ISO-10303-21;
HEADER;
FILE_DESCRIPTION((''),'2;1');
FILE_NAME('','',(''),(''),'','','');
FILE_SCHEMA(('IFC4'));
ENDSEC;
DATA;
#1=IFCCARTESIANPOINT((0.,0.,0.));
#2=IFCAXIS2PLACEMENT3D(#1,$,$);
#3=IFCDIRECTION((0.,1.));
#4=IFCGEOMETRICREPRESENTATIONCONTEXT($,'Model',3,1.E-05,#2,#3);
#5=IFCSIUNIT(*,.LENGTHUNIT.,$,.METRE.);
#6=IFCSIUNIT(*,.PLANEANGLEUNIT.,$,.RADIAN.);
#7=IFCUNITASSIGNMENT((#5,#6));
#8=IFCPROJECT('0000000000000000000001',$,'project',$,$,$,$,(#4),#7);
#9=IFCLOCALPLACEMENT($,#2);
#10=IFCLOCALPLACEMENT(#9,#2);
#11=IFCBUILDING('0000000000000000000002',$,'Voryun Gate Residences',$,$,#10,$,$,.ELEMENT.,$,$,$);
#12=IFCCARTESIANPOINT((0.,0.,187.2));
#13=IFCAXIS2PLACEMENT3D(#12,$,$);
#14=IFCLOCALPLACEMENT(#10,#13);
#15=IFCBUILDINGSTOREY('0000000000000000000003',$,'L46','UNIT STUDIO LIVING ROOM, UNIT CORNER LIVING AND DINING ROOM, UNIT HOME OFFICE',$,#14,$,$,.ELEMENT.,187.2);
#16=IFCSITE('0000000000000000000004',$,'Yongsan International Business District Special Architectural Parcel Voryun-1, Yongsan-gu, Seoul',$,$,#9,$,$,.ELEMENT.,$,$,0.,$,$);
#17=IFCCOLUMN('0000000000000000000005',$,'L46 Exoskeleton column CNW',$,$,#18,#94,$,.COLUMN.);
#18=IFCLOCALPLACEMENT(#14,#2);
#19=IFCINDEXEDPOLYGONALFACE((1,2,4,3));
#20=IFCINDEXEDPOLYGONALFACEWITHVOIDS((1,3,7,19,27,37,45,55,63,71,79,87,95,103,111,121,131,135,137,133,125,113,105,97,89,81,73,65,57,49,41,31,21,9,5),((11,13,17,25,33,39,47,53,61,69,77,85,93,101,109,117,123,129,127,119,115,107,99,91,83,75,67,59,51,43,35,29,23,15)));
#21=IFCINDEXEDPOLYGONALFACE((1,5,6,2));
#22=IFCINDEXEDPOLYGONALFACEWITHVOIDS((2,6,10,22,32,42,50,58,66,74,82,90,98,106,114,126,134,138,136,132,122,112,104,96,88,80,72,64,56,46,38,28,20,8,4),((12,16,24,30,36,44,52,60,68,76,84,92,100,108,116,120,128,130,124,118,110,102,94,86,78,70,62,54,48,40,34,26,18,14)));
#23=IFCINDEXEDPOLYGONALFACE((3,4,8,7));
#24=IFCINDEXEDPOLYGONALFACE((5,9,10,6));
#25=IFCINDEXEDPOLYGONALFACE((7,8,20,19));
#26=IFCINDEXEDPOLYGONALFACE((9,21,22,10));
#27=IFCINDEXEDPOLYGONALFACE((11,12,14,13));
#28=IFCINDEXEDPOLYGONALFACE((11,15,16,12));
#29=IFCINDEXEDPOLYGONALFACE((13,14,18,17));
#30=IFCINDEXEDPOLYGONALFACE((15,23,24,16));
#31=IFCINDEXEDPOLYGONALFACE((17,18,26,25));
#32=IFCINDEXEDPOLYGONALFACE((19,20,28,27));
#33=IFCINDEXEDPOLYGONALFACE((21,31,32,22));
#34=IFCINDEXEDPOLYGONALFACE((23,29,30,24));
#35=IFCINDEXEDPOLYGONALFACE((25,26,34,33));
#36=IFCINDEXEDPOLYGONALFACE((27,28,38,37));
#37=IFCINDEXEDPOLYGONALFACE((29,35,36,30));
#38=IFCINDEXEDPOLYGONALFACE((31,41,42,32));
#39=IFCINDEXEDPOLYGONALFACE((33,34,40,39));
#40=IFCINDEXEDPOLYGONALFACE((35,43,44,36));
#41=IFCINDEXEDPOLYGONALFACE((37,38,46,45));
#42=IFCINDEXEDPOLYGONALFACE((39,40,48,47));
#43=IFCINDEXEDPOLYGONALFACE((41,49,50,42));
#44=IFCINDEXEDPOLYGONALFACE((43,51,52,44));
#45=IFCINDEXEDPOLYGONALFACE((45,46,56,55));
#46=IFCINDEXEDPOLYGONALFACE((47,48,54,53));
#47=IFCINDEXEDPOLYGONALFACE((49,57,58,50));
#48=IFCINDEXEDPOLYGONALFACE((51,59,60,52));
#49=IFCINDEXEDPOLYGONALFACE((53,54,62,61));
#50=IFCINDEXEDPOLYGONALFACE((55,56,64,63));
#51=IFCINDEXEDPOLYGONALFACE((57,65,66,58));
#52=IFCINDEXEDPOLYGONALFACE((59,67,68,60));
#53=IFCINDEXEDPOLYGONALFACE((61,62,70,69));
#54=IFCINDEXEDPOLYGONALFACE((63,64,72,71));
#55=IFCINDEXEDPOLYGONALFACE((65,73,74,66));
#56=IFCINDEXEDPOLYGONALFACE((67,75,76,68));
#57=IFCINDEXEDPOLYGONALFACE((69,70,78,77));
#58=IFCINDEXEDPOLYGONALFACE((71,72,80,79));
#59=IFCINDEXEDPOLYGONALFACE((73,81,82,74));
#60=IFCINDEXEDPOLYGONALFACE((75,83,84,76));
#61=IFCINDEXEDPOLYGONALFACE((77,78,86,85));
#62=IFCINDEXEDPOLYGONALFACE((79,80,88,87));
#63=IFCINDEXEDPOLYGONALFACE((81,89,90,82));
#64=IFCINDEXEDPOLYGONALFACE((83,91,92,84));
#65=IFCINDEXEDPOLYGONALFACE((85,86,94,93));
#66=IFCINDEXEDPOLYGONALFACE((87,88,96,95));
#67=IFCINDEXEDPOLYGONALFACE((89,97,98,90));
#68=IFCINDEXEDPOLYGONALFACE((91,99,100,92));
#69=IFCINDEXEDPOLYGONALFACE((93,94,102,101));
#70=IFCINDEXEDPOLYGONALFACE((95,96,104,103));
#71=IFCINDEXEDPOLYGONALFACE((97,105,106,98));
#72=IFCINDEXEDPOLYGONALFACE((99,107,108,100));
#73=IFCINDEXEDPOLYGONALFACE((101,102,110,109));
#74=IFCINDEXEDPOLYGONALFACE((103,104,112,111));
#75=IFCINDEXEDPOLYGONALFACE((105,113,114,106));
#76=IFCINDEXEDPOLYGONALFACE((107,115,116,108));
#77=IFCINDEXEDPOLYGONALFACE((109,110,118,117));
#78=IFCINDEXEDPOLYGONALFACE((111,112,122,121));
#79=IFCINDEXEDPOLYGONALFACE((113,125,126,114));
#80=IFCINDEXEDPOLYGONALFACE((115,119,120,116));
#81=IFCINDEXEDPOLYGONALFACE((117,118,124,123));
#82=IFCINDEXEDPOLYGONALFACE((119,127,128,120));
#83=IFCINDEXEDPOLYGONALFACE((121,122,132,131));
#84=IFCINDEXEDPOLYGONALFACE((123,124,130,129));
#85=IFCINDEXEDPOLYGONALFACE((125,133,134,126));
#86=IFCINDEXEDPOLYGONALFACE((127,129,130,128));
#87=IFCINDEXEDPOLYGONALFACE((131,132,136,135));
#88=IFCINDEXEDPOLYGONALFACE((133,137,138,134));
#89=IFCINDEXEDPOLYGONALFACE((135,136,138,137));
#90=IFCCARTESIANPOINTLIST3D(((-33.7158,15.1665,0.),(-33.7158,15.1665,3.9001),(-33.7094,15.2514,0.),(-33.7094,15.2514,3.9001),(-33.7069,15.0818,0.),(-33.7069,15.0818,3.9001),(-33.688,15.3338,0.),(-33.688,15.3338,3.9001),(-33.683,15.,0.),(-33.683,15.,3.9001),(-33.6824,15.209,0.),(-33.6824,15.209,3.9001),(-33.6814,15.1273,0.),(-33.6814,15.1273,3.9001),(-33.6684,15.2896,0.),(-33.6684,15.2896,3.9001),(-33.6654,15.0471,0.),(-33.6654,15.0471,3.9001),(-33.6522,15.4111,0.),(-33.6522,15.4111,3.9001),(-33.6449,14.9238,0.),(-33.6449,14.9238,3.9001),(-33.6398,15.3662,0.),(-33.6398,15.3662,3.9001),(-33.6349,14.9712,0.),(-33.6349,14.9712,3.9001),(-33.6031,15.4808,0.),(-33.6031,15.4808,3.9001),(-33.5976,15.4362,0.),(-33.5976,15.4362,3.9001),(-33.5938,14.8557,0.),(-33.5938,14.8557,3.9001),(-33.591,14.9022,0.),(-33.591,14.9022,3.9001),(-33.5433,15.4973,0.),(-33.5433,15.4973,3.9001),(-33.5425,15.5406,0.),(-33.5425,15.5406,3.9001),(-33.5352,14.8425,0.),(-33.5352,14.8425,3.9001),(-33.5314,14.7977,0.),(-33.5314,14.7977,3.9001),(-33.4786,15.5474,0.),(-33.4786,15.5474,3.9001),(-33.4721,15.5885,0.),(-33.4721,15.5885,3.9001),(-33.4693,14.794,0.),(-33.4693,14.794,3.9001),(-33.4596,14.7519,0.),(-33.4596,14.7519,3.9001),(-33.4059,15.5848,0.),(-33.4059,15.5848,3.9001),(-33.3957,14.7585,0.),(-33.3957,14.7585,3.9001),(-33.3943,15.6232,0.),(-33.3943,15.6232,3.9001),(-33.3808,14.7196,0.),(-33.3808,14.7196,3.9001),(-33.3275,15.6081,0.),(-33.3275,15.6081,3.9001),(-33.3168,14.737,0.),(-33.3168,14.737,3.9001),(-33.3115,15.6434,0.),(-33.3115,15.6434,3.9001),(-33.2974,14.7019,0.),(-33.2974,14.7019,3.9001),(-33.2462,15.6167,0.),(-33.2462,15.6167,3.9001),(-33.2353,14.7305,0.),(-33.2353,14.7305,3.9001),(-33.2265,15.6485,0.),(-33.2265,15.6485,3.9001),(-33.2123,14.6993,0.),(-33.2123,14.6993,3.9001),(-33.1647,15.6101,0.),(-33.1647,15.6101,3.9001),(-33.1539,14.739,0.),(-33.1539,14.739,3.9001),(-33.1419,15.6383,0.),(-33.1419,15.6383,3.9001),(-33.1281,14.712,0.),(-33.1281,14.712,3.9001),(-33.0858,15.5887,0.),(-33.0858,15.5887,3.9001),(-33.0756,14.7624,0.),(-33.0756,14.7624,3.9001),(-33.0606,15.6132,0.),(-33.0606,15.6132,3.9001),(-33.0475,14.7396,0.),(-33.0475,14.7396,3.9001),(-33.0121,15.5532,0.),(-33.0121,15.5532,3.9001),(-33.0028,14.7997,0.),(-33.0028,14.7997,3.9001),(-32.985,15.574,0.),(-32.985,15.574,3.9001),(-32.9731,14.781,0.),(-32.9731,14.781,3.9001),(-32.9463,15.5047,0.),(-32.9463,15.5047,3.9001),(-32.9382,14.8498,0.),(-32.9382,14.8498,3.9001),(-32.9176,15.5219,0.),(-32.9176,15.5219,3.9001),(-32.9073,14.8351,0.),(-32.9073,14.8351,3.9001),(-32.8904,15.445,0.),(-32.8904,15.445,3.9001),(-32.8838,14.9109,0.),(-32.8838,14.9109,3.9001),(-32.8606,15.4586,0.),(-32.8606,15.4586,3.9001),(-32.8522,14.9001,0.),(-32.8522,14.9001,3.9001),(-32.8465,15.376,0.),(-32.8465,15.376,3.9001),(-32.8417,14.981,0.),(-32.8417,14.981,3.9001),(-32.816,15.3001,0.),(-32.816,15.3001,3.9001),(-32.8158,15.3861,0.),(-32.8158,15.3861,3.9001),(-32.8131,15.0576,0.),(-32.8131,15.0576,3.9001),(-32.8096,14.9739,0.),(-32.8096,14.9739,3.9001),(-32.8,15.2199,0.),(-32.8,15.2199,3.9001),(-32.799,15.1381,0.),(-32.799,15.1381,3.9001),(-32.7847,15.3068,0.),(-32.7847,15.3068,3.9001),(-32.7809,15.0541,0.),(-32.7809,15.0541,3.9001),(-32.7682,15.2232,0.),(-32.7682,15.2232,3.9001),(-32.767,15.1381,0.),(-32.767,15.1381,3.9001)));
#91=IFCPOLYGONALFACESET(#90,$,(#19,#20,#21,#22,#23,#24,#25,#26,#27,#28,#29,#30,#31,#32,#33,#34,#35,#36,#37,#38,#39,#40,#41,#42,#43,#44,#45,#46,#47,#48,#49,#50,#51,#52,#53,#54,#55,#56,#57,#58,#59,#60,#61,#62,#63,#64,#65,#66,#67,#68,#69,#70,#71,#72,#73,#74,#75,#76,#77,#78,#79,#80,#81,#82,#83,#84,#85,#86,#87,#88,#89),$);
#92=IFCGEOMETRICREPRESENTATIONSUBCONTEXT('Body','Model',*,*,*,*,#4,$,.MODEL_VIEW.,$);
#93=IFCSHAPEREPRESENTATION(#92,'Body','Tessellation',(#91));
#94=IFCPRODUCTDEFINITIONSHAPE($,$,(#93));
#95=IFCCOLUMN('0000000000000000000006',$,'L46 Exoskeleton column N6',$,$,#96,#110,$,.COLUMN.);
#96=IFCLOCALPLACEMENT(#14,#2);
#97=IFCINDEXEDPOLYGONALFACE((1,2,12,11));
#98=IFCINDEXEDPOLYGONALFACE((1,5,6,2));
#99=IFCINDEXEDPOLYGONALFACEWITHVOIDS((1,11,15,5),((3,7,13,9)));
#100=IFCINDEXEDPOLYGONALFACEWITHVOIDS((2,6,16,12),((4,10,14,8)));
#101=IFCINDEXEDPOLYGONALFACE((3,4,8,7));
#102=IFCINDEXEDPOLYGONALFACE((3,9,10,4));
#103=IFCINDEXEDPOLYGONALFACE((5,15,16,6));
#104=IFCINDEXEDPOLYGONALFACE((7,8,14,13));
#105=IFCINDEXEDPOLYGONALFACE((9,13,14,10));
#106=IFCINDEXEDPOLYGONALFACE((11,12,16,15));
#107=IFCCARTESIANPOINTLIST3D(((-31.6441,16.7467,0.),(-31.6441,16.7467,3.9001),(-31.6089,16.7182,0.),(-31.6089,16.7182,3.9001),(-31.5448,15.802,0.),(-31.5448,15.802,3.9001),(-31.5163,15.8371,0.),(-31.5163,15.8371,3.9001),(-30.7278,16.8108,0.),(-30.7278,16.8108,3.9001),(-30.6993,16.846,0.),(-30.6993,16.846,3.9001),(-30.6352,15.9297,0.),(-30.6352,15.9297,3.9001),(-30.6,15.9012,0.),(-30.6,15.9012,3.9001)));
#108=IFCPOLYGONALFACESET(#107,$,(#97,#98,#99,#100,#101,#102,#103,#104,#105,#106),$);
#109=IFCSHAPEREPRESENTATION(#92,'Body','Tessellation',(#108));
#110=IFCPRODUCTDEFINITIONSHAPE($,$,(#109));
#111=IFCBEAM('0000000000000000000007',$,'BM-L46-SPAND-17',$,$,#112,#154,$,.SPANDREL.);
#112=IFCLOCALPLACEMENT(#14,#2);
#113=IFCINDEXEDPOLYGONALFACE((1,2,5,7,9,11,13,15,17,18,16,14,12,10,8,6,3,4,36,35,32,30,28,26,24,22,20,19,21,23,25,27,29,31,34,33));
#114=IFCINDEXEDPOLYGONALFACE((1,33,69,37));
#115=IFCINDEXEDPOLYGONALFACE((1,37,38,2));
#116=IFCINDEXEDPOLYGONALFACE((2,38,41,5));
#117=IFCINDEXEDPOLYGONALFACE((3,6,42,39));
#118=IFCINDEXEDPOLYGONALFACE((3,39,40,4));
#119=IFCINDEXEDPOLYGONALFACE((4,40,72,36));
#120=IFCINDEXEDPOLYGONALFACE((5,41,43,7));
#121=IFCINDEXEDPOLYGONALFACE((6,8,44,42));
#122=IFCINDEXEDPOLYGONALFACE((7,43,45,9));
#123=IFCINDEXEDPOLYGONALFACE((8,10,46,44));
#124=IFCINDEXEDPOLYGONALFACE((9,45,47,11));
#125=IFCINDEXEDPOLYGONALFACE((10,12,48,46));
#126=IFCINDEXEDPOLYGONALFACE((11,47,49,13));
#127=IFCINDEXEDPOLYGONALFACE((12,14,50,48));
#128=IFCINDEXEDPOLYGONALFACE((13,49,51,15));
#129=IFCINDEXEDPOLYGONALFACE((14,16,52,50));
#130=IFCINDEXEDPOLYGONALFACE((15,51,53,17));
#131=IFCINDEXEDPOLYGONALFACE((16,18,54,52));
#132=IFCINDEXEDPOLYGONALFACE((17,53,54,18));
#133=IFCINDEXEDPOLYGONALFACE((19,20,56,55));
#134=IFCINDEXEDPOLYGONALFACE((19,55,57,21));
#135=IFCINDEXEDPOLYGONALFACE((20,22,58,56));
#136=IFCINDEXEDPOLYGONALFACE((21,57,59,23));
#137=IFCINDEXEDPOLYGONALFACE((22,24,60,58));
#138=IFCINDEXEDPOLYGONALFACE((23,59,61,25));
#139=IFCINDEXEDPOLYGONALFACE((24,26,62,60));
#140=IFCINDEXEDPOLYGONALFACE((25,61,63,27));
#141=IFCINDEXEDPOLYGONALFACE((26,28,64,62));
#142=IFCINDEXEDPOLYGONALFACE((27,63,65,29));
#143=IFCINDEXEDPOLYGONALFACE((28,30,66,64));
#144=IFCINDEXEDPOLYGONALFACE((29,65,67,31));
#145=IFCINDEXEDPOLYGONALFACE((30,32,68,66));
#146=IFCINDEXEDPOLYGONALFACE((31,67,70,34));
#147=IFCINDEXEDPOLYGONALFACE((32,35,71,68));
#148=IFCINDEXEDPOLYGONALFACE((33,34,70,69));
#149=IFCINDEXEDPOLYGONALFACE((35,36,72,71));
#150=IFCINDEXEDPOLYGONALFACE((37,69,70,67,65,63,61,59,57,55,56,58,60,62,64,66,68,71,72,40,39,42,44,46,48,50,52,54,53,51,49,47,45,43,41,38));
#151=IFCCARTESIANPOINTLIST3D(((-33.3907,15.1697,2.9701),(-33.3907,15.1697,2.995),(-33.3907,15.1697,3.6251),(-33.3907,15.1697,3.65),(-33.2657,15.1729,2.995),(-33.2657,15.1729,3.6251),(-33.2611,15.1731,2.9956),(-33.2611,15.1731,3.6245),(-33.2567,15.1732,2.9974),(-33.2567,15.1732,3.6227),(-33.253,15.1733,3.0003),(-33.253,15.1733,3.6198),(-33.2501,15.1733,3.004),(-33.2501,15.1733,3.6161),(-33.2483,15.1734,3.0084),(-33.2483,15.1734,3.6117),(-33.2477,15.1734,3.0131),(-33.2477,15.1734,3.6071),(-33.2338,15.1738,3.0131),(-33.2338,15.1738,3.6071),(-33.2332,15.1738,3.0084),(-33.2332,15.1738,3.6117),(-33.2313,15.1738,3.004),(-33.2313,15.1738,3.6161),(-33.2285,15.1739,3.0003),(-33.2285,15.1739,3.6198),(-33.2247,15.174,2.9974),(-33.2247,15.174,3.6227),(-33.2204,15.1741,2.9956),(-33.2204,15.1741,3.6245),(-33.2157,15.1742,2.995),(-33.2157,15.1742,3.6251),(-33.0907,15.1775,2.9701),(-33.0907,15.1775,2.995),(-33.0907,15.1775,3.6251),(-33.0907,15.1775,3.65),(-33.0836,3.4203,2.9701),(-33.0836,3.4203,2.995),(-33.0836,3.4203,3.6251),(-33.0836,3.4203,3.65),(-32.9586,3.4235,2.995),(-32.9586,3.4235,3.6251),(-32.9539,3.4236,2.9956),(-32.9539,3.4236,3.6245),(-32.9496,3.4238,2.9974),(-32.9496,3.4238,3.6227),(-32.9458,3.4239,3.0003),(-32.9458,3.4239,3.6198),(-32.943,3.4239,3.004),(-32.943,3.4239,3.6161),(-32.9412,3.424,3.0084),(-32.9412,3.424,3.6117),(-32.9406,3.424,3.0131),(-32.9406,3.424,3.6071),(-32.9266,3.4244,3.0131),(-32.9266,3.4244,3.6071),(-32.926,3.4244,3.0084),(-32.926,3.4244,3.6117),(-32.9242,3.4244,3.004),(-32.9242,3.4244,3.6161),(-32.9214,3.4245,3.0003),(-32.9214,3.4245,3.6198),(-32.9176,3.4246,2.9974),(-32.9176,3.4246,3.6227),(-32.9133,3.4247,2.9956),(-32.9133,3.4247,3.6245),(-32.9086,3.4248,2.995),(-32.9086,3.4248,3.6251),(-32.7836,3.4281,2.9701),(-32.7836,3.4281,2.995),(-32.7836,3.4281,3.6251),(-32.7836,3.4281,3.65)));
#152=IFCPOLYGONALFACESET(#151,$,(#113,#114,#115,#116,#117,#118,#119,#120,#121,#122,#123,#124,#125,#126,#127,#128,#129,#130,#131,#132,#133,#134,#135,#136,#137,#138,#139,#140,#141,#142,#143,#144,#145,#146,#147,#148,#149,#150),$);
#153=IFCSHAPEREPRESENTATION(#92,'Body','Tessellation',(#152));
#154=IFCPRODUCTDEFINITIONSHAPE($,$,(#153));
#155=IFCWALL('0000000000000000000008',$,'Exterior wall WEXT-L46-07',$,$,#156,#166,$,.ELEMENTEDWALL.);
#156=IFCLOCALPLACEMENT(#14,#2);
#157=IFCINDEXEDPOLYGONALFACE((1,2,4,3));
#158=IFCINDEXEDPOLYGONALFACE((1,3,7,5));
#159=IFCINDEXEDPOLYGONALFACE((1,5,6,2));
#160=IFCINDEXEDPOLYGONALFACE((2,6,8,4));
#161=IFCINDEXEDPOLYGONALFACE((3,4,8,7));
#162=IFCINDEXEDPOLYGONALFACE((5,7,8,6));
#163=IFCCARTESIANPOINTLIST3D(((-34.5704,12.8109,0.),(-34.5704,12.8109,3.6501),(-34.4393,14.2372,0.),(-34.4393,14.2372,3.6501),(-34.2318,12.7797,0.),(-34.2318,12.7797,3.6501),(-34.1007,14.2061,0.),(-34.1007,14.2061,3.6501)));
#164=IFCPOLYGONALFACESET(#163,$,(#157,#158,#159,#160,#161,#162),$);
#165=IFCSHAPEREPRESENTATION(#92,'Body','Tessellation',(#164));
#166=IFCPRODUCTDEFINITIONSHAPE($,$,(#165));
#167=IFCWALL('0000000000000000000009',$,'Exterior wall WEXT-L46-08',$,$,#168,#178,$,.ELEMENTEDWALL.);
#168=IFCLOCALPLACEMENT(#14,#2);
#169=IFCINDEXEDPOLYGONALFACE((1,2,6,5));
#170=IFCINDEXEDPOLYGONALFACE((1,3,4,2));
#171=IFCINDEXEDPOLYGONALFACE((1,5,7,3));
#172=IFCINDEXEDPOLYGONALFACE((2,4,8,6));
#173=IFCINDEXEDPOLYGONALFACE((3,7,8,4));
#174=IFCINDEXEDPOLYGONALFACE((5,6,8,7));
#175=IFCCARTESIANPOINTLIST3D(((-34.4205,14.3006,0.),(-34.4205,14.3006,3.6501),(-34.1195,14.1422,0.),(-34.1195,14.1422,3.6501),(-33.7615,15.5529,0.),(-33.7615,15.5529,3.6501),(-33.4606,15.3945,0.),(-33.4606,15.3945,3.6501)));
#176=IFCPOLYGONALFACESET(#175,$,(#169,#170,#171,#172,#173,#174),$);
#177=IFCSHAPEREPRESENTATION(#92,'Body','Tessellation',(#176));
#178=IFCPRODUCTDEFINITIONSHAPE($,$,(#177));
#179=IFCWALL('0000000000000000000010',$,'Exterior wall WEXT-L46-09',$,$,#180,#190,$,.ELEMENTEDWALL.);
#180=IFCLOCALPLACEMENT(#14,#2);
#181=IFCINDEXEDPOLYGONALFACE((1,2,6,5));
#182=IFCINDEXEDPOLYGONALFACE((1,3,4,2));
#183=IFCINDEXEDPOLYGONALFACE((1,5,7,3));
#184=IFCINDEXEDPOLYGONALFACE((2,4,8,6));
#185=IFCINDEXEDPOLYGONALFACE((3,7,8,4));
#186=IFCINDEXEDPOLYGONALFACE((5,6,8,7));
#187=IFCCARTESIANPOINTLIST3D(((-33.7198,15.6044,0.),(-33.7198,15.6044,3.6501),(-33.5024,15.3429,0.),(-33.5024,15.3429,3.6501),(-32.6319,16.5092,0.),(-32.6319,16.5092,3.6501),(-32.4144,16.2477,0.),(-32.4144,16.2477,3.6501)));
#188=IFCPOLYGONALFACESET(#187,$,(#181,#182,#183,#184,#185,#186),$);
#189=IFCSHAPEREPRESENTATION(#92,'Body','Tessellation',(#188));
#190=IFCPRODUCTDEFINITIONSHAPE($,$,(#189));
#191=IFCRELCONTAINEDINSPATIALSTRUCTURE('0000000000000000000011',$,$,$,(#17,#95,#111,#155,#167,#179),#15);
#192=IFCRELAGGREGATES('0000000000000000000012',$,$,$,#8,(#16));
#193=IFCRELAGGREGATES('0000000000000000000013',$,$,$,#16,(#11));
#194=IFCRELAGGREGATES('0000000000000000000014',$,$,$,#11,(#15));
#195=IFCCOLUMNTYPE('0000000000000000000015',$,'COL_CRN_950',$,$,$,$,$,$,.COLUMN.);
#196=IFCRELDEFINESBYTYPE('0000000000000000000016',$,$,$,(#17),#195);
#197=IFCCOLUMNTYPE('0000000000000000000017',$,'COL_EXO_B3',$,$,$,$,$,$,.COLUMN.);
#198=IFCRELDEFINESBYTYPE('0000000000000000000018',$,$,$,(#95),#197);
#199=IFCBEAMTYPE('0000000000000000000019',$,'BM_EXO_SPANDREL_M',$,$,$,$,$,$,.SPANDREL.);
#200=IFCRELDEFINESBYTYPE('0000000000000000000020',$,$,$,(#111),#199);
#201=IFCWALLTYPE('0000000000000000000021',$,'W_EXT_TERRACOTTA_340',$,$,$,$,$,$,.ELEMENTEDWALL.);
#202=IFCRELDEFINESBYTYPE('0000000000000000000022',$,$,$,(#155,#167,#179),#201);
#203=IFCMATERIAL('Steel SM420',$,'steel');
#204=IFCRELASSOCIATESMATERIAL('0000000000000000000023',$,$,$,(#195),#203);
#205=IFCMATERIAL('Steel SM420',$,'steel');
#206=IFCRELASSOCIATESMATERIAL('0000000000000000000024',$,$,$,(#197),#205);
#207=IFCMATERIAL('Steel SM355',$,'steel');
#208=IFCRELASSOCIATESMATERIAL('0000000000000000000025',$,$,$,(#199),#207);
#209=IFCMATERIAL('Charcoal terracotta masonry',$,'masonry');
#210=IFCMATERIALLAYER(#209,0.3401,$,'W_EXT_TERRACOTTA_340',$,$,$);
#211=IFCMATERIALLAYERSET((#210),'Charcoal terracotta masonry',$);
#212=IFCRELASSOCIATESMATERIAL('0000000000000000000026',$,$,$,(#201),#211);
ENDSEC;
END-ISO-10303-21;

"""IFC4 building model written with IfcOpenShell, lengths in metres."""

from ifc_helpers import new_model, si_unit, direction, frame, frame_2d, origin, origin_2d, place, context, subcontext, project, spatial, rectangle, hollow_rectangle, hollow_circle, i_section, extrude, material, layer, layer_set, material_profile, profile_set, type_object, element, save


model = new_model("IFC4")

# Units and contexts
model_context = context("Model", 3, precision=1e-05, world=origin(), true_north=direction((0.0, 1.0)))
body_context = subcontext(model_context, "Body", "Model", "MODEL_VIEW")
ifc_project = project(units=[si_unit("LENGTHUNIT", "METRE"), si_unit("PLANEANGLEUNIT", "RADIAN")], contexts=[model_context])

# Site, building, storey
site_placement = place(None, origin())
site = spatial("IfcSite", under=ifc_project, at=site_placement, Name="Yongsan International Business District Special Architectural Parcel Voryun-1, Yongsan-gu, Seoul", CompositionType="ELEMENT", RefElevation=0.0)
building_placement = place(site_placement, origin())
building = spatial("IfcBuilding", under=site, at=building_placement, Name="Voryun Gate Residences", CompositionType="ELEMENT")
storey_placement = place(building_placement, frame((0.0, 0.0, 187.2)))
storey = spatial("IfcBuildingStorey", under=building, at=storey_placement, Name="L46", Description="UNIT STUDIO LIVING ROOM, UNIT CORNER LIVING AND DINING ROOM, UNIT HOME OFFICE", CompositionType="ELEMENT", Elevation=187.2)

# Columns
ifc_material_1 = material(Name="Steel SM420", Category="steel")
ifc_material_profile_1 = material_profile(ifc_material_1, hollow_circle(Radius=0.4751, WallThickness=0.032, at=origin_2d()), Name="CHS-950x32")
ifc_profile_set_1 = profile_set([ifc_material_profile_1], Name="Steel SM420")
column_type_1 = type_object("IfcColumnType", Name="COL_CRN_950", PredefinedType="COLUMN", material=ifc_profile_set_1)
column_1_placement = place(storey_placement, frame((-33.2407, 15.1736, 0.0), z_axis=(0.0, 0.0, 1.0), x_axis=(0.994522, 0.104528, 0.0)))
element("IfcColumn", 1, at=column_1_placement, inside=storey, type_object=column_type_1, Name="L46 Exoskeleton column CNW", PredefinedType="COLUMN", context=body_context, shape_type="SweptSolid", body=[
    extrude(hollow_circle(Radius=0.4751, WallThickness=0.032, at=origin_2d()), origin(), (0.0, 0.0, 1.0), 3.9001),
])
ifc_material_2 = material(Name="Steel SM420", Category="steel")
ifc_material_profile_2 = material_profile(ifc_material_2, hollow_rectangle(XDim=0.95, YDim=0.95, WallThickness=0.032, at=origin_2d()), Name="BOX-950x950x32")
ifc_profile_set_2 = profile_set([ifc_material_profile_2], Name="Steel SM420")
column_type_2 = type_object("IfcColumnType", Name="COL_EXO_B3", PredefinedType="COLUMN", material=ifc_profile_set_2)
column_2_placement = place(storey_placement, frame((-31.1221, 16.324, 0.0), z_axis=(0.0, 0.0, 1.0), x_axis=(0.994522, 0.104528, 0.0)))
element("IfcColumn", 2, at=column_2_placement, inside=storey, type_object=column_type_2, Name="L46 Exoskeleton column N6", PredefinedType="COLUMN", context=body_context, shape_type="SweptSolid", body=[
    extrude(hollow_rectangle(XDim=0.95, YDim=0.95, WallThickness=0.032, at=origin_2d()), origin(), (0.0, 0.0, 1.0), 3.9001),
])

# Beam
ifc_material_3 = material(Name="Steel SM355", Category="steel")
ifc_material_profile_3 = material_profile(ifc_material_3, i_section(OverallWidth=0.3, OverallDepth=0.6799, WebThickness=0.0139, FlangeThickness=0.0249, FilletRadius=0.0181, at=origin_2d()), Name="H-680x300x14x25")
ifc_profile_set_3 = profile_set([ifc_material_profile_3], Name="Steel SM355")
beam_type = type_object("IfcBeamType", Name="BM_EXO_SPANDREL_M", PredefinedType="SPANDREL", material=ifc_profile_set_3)
beam_placement = place(storey_placement, frame((-33.2407, 15.1736, 3.3101), z_axis=(0.026131, -0.999659, 0.0), x_axis=(0.999659, 0.026131, 0.0)))
element("IfcBeam", 3, at=beam_placement, inside=storey, type_object=beam_type, Name="BM-L46-SPAND-17", PredefinedType="SPANDREL", context=body_context, shape_type="SweptSolid", body=[
    extrude(i_section(OverallWidth=0.3, OverallDepth=0.6799, WebThickness=0.0139, FlangeThickness=0.0249, FilletRadius=0.0181, at=origin_2d()), origin(), (0.0, 0.0, 1.0), 11.7534),
])

# Walls
ifc_material_4 = material(Name="Charcoal terracotta masonry", Category="masonry")
ifc_layer_1 = layer(ifc_material_4, 0.3401, Name="W_EXT_TERRACOTTA_340")
ifc_layer_set_1 = layer_set([ifc_layer_1], Name="Charcoal terracotta masonry")
wall_type_1 = type_object("IfcWallType", Name="W_EXT_TERRACOTTA_340", PredefinedType="ELEMENTEDWALL", material=ifc_layer_set_1)
wall_1_placement = place(storey_placement, frame((-34.4011, 12.7952, 0.0), z_axis=(0.0, 0.0, 1.0), x_axis=(0.091535, 0.995802, 0.0)))
element("IfcWall", 4, at=wall_1_placement, inside=storey, type_object=wall_type_1, Name="Exterior wall WEXT-L46-07", PredefinedType="ELEMENTEDWALL", context=body_context, shape_type="SweptSolid", body=[
    extrude(rectangle(XDim=1.4324, YDim=0.3401, at=frame_2d((0.7163, 0.0))), origin(), (0.0, 0.0, 1.0), 3.6501),
])
for number, where, z_axis, x_axis, name in (
    (5, (-34.27, 14.2214, 0.0), (0.0, 0.0, 1.0), (0.465682, 0.884952, 0.0), "Exterior wall WEXT-L46-08"),
    (6, (-33.6111, 15.4736, 0.0), (0.0, 0.0, 1.0), (0.768843, 0.639437, 0.0), "Exterior wall WEXT-L46-09"),
):
    element("IfcWall", number, at=place(storey_placement, frame(where, z_axis=z_axis, x_axis=x_axis)), inside=storey, type_object=wall_type_1, Name=name, PredefinedType="ELEMENTEDWALL", context=body_context, shape_type="SweptSolid", body=[
        extrude(rectangle(XDim=1.415, YDim=0.3401, at=frame_2d((0.7075, 0.0))), origin(), (0.0, 0.0, 1.0), 3.6501),
    ])

save(model, "model.ifc")
